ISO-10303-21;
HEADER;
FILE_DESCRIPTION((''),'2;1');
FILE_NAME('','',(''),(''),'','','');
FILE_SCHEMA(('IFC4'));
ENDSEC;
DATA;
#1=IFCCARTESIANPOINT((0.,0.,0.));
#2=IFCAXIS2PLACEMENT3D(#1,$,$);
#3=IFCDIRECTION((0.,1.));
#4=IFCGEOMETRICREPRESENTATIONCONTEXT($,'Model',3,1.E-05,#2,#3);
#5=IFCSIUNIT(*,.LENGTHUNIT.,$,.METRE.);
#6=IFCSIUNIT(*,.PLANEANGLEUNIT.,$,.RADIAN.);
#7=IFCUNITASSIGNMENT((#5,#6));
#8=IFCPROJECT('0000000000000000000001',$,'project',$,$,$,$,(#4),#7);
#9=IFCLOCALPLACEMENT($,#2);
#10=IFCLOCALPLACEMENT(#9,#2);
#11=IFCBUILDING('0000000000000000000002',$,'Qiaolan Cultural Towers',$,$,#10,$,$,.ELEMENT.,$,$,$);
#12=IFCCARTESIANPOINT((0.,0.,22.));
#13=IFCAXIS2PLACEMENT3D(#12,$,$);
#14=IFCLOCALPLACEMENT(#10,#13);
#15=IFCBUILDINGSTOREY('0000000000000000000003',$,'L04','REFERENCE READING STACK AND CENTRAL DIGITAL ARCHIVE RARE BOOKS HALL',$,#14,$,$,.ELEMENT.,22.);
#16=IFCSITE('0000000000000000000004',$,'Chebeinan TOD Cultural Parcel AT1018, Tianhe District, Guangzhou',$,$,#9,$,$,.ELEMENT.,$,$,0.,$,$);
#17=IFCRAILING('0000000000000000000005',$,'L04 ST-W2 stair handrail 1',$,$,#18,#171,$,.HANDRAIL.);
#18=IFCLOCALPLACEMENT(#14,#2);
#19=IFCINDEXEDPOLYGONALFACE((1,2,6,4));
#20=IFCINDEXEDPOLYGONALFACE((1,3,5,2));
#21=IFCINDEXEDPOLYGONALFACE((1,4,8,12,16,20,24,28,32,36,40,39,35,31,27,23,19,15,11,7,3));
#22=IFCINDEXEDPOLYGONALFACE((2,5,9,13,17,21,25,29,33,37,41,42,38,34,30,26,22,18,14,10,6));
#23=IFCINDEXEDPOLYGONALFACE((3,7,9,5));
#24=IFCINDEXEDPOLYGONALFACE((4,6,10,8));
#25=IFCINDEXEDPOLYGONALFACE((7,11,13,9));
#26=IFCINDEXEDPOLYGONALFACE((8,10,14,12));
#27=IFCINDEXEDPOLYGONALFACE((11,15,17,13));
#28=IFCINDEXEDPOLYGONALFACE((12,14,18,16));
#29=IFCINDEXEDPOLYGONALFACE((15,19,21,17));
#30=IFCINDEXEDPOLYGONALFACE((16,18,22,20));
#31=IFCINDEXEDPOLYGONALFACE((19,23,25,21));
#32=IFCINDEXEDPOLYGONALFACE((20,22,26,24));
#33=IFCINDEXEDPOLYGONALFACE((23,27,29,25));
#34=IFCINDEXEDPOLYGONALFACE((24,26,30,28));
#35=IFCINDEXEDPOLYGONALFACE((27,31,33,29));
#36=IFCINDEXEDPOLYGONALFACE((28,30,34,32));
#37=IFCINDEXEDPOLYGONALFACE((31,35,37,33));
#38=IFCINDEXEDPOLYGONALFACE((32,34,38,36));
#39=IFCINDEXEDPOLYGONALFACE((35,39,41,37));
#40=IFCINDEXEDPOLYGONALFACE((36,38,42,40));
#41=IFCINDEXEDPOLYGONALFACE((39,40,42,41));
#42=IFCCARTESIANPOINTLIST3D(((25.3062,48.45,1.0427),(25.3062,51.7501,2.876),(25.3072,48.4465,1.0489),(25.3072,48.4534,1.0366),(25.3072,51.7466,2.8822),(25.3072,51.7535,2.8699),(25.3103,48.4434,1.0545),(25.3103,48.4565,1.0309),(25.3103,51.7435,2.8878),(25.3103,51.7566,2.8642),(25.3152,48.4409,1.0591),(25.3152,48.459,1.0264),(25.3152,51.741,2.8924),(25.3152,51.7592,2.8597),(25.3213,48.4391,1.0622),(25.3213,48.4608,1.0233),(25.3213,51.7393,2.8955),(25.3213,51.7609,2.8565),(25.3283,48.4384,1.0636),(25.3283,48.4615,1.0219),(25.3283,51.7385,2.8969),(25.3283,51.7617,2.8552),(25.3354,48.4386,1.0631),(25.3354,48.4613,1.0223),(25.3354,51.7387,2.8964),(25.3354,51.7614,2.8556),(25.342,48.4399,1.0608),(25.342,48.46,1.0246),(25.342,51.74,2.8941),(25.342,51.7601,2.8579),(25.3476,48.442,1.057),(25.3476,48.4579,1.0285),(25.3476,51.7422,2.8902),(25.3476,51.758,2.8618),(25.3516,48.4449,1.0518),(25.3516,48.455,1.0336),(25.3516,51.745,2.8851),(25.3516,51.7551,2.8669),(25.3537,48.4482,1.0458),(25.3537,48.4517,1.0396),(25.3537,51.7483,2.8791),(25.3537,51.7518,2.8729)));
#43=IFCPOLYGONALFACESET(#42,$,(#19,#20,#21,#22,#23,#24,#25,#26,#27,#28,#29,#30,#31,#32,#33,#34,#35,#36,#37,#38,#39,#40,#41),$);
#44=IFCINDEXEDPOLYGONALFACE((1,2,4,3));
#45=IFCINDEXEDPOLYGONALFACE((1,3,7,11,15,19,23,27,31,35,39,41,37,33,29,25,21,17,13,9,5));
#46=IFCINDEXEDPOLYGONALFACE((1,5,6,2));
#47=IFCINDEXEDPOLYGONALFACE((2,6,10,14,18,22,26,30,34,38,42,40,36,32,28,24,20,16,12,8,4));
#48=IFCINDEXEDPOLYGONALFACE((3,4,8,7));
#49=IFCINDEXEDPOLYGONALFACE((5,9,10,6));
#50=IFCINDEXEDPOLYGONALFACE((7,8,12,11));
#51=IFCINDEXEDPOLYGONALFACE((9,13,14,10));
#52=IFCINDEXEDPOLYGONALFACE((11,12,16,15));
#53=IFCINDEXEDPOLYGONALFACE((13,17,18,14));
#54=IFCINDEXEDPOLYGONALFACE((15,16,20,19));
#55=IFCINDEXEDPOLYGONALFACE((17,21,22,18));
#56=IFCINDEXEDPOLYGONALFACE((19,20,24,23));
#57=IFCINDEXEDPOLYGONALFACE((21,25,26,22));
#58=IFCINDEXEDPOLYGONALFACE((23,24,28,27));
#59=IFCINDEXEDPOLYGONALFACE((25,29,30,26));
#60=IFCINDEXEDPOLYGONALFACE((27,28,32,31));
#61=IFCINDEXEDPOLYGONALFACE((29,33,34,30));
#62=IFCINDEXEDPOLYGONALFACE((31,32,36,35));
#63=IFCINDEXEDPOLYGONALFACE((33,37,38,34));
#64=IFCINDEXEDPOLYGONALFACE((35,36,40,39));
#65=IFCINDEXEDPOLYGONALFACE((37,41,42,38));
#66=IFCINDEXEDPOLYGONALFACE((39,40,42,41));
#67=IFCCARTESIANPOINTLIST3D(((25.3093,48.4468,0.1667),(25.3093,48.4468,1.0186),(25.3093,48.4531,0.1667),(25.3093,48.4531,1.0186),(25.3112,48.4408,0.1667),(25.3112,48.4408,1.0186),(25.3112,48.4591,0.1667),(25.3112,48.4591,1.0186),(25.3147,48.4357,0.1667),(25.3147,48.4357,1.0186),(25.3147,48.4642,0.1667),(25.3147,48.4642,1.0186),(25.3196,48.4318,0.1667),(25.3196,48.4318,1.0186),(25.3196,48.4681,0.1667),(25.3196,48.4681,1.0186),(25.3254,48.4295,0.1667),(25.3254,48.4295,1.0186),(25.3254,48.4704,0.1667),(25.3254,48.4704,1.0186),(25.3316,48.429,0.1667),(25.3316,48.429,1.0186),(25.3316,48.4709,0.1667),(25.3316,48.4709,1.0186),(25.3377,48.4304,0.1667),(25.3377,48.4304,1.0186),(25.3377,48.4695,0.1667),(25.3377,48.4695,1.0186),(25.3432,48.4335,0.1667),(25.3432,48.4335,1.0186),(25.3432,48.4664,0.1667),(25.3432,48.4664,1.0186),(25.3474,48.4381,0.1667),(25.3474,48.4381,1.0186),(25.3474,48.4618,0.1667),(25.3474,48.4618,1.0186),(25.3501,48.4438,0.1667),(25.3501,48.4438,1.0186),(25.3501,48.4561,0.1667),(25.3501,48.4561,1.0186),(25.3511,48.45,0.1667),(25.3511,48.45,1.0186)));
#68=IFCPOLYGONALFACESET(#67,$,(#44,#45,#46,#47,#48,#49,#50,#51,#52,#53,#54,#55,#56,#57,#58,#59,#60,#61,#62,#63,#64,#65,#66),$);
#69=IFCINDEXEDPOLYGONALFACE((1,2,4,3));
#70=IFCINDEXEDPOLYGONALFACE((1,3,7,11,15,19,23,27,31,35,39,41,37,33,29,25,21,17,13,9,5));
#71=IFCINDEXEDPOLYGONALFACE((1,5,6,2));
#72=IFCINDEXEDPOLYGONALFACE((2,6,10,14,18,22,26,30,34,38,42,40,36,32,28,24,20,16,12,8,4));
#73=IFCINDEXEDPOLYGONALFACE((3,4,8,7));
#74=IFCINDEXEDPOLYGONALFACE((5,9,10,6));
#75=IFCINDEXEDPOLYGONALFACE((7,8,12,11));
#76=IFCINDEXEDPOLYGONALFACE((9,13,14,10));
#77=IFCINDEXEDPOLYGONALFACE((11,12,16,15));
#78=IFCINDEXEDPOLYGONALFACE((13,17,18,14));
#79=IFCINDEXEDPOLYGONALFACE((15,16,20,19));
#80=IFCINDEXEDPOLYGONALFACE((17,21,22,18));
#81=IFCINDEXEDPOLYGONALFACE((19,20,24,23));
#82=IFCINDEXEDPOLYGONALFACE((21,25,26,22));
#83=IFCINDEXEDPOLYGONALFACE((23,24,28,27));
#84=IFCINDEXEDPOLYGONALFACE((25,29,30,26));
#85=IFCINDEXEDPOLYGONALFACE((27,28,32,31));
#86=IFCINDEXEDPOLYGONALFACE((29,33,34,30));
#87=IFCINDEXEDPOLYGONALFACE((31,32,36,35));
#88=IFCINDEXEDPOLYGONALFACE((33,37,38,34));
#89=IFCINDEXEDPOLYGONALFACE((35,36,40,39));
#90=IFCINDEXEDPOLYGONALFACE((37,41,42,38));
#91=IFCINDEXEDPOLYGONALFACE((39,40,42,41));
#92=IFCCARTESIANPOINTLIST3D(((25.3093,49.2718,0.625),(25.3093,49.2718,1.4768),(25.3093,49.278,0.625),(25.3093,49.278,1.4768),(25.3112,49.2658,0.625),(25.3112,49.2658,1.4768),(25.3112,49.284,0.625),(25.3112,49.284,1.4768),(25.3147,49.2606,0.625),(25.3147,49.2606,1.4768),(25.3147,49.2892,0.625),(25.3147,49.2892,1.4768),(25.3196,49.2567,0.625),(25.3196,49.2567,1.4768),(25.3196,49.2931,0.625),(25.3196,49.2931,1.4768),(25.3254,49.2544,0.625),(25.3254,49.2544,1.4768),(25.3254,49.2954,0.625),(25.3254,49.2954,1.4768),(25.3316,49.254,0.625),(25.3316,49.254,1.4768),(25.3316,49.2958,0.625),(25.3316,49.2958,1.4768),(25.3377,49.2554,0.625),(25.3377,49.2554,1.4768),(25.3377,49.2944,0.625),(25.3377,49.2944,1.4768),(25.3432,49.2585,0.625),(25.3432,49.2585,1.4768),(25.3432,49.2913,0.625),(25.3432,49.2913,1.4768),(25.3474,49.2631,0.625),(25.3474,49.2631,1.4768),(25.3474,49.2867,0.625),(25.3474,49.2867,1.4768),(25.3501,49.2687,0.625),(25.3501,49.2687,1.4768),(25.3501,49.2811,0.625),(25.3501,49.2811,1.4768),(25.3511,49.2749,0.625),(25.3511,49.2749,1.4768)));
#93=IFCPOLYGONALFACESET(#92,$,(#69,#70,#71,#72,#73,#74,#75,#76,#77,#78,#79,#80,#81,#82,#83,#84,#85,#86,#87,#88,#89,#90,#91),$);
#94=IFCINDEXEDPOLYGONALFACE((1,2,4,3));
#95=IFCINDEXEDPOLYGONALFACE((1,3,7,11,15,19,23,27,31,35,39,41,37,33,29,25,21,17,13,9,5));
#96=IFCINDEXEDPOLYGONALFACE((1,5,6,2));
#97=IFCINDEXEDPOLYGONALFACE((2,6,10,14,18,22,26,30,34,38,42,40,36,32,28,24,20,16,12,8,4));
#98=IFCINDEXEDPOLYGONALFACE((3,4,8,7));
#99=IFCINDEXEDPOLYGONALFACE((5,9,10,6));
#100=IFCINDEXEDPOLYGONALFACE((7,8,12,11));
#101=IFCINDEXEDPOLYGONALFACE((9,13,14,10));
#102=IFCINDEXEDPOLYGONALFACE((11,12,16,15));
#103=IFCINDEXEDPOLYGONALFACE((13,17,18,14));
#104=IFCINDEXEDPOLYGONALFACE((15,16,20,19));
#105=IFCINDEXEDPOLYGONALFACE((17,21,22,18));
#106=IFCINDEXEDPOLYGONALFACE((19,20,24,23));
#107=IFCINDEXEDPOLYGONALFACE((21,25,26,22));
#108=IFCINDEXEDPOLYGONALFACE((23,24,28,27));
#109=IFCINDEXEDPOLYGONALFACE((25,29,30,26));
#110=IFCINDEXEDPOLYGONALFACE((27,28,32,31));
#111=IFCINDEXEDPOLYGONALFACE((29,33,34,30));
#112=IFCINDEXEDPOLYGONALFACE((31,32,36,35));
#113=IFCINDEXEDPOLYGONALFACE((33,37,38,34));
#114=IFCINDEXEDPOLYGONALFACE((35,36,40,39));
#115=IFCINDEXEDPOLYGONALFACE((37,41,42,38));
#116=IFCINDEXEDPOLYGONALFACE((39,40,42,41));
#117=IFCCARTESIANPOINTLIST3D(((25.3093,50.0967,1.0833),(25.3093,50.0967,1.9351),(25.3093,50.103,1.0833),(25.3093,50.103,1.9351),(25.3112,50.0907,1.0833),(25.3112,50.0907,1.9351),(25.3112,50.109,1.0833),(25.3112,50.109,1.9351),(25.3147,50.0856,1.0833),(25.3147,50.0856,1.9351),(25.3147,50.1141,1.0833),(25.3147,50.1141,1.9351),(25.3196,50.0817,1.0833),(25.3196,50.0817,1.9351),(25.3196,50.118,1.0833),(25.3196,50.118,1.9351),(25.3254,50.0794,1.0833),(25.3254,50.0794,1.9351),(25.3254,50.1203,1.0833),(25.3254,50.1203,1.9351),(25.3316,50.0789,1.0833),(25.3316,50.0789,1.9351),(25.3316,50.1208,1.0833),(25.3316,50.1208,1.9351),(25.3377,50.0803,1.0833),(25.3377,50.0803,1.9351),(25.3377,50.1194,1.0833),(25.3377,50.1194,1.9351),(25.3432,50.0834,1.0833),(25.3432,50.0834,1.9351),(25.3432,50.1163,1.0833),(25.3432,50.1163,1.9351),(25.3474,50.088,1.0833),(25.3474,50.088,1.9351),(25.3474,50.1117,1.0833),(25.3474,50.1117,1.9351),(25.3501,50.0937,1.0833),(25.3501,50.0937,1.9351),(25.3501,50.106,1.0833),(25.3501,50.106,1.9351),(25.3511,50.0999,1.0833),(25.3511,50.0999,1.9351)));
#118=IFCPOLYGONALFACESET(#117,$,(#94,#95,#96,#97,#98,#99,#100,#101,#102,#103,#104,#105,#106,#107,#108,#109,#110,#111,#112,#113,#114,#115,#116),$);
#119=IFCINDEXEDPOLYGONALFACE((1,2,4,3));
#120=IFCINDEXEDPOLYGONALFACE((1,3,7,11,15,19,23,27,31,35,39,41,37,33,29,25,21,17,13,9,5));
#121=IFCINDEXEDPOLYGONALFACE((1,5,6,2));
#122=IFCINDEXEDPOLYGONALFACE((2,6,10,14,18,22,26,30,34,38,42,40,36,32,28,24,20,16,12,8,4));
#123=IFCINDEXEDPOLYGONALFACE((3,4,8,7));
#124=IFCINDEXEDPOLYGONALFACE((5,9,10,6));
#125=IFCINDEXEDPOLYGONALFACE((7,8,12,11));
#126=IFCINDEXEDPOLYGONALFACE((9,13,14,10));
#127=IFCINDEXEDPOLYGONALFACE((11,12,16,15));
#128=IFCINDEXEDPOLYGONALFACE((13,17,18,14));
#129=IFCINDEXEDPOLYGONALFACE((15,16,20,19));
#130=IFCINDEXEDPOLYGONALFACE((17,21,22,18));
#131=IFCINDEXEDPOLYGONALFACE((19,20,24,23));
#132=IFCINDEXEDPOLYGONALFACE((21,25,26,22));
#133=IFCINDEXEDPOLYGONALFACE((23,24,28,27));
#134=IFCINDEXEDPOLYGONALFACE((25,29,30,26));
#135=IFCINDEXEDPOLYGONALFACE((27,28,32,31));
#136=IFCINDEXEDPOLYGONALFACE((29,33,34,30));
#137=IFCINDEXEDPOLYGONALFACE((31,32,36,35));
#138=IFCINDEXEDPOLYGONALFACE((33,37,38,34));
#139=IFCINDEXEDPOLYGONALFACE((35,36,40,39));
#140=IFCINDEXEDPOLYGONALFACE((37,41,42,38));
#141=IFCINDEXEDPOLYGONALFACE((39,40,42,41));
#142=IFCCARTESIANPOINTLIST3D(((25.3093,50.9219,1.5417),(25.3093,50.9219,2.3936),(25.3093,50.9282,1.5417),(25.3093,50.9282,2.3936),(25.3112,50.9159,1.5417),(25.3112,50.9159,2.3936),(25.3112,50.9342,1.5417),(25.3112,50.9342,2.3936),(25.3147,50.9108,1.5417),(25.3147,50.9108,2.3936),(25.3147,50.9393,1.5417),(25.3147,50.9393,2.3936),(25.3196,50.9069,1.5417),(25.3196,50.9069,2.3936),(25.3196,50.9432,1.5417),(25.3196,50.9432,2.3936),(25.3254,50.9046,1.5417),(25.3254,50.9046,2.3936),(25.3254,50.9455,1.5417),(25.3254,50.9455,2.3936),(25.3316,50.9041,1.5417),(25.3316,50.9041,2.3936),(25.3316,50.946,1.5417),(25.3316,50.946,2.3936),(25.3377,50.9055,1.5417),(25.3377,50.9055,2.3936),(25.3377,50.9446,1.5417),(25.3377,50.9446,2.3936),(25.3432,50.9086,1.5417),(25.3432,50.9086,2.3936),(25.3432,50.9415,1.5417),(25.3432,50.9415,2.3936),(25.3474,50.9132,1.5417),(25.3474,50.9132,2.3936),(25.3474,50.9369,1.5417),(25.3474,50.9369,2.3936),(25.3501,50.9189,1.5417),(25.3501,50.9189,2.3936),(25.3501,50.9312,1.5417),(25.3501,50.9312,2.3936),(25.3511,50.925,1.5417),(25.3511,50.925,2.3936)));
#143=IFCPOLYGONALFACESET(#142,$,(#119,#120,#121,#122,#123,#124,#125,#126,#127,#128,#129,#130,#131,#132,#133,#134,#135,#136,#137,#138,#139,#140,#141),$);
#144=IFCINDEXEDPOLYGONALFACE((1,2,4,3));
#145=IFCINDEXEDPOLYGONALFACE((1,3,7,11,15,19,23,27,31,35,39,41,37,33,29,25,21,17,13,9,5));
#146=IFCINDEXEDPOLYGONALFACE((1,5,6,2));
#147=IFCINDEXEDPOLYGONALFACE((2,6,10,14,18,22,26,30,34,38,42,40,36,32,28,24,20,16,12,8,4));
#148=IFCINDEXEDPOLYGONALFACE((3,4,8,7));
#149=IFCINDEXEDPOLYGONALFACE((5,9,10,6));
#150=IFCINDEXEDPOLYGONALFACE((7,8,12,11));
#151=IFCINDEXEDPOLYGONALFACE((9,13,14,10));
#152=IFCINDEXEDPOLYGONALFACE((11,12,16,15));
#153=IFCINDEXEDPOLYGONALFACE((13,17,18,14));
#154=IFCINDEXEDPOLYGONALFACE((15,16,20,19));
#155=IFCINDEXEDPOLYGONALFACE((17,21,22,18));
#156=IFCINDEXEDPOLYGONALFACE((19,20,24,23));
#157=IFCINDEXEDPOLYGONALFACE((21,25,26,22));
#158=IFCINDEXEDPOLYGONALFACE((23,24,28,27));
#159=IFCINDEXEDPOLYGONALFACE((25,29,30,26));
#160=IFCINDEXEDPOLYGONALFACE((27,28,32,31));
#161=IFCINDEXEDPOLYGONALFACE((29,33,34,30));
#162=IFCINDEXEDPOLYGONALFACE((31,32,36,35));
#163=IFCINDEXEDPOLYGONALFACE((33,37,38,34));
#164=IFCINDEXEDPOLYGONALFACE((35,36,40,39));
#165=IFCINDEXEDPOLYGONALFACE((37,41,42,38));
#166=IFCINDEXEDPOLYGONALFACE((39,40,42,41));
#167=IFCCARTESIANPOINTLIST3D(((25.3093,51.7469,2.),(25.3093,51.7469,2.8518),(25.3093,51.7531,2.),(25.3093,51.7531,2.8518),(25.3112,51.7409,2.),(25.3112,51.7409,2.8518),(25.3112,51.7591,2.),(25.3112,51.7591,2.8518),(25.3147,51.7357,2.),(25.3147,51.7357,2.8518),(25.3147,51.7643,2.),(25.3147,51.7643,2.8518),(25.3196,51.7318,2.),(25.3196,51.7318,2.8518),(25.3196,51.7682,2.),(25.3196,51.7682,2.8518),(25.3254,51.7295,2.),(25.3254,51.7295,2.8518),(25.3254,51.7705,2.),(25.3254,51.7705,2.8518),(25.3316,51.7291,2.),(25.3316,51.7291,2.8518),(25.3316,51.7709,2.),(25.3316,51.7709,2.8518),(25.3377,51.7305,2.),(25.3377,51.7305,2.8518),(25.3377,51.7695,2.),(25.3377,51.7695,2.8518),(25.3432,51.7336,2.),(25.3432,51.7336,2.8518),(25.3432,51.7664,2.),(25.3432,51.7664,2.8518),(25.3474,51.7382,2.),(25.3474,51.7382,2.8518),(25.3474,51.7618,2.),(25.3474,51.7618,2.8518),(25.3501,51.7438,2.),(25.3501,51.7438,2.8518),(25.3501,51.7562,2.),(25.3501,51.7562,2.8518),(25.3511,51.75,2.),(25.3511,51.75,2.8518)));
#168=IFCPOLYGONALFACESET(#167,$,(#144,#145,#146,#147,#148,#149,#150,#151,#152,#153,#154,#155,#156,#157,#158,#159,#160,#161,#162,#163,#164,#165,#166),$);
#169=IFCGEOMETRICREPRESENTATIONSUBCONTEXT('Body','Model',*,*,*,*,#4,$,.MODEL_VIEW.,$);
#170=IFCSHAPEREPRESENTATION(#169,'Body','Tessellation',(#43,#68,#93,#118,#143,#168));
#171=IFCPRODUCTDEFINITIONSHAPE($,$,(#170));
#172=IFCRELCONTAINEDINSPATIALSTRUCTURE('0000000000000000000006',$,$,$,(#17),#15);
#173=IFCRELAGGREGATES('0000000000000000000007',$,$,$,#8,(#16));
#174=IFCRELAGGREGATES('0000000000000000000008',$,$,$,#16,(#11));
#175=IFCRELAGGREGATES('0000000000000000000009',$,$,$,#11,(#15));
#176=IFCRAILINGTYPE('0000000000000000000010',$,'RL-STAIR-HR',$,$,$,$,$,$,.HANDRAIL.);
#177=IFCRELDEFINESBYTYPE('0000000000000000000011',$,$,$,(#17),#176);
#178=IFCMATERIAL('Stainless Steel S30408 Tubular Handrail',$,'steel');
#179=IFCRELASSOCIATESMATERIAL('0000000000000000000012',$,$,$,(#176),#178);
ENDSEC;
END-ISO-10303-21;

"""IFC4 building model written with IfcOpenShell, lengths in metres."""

from ifc_helpers import new_model, si_unit, direction, frame, origin, origin_2d, place, context, subcontext, project, spatial, circle, extrude, material, type_object, element, save


model = new_model("IFC4")

# Units and contexts
model_context = context("Model", 3, precision=1e-05, world=origin(), true_north=direction((0.0, 1.0)))
body_context = subcontext(model_context, "Body", "Model", "MODEL_VIEW")
ifc_project = project(units=[si_unit("LENGTHUNIT", "METRE"), si_unit("PLANEANGLEUNIT", "RADIAN")], contexts=[model_context])

# Site, building, storey
site_placement = place(None, origin())
site = spatial("IfcSite", under=ifc_project, at=site_placement, Name="Chebeinan TOD Cultural Parcel AT1018, Tianhe District, Guangzhou", CompositionType="ELEMENT", RefElevation=0.0)
building_placement = place(site_placement, origin())
building = spatial("IfcBuilding", under=site, at=building_placement, Name="Qiaolan Cultural Towers", CompositionType="ELEMENT")
storey_placement = place(building_placement, frame((0.0, 0.0, 22.0)))
storey = spatial("IfcBuildingStorey", under=building, at=storey_placement, Name="L04", Description="REFERENCE READING STACK AND CENTRAL DIGITAL ARCHIVE RARE BOOKS HALL", CompositionType="ELEMENT", Elevation=22.0)

# Railing
ifc_material_1 = material(Name="Stainless Steel S30408 Tubular Handrail", Category="steel")
railing_type_1 = type_object("IfcRailingType", Name="RL-STAIR-HR", PredefinedType="HANDRAIL", material=ifc_material_1)
railing_1_placement = place(storey_placement, frame((25.3301, 48.45, 0.1667)))
element("IfcRailing", 1, at=railing_1_placement, inside=storey, type_object=railing_type_1, Name="L04 ST-W2 stair handrail 1", PredefinedType="HANDRAIL", context=body_context, shape_type="SweptSolid", body=[
    extrude(circle(Radius=0.0239, at=origin_2d()), frame((0.0, 0.0, 0.876), z_axis=(0.0, 0.874169, 0.485621), x_axis=(-1.0, 0.0, 0.0)), (0.0, 0.0, 1.0), 3.7751),
    extrude(circle(Radius=0.021, at=origin_2d()), origin(), (0.0, 0.0, 1.0), 0.8518),
    extrude(circle(Radius=0.021, at=origin_2d()), frame((0.0, 0.825, 0.4583)), (0.0, 0.0, 1.0), 0.8518),
    extrude(circle(Radius=0.021, at=origin_2d()), frame((0.0, 1.6499, 0.9165)), (0.0, 0.0, 1.0), 0.8518),
    extrude(circle(Radius=0.021, at=origin_2d()), frame((0.0, 2.4751, 1.375)), (0.0, 0.0, 1.0), 0.8518),
    extrude(circle(Radius=0.021, at=origin_2d()), frame((0.0, 3.3, 1.8333)), (0.0, 0.0, 1.0), 0.8518),
])

save(model, "model.ifc")
